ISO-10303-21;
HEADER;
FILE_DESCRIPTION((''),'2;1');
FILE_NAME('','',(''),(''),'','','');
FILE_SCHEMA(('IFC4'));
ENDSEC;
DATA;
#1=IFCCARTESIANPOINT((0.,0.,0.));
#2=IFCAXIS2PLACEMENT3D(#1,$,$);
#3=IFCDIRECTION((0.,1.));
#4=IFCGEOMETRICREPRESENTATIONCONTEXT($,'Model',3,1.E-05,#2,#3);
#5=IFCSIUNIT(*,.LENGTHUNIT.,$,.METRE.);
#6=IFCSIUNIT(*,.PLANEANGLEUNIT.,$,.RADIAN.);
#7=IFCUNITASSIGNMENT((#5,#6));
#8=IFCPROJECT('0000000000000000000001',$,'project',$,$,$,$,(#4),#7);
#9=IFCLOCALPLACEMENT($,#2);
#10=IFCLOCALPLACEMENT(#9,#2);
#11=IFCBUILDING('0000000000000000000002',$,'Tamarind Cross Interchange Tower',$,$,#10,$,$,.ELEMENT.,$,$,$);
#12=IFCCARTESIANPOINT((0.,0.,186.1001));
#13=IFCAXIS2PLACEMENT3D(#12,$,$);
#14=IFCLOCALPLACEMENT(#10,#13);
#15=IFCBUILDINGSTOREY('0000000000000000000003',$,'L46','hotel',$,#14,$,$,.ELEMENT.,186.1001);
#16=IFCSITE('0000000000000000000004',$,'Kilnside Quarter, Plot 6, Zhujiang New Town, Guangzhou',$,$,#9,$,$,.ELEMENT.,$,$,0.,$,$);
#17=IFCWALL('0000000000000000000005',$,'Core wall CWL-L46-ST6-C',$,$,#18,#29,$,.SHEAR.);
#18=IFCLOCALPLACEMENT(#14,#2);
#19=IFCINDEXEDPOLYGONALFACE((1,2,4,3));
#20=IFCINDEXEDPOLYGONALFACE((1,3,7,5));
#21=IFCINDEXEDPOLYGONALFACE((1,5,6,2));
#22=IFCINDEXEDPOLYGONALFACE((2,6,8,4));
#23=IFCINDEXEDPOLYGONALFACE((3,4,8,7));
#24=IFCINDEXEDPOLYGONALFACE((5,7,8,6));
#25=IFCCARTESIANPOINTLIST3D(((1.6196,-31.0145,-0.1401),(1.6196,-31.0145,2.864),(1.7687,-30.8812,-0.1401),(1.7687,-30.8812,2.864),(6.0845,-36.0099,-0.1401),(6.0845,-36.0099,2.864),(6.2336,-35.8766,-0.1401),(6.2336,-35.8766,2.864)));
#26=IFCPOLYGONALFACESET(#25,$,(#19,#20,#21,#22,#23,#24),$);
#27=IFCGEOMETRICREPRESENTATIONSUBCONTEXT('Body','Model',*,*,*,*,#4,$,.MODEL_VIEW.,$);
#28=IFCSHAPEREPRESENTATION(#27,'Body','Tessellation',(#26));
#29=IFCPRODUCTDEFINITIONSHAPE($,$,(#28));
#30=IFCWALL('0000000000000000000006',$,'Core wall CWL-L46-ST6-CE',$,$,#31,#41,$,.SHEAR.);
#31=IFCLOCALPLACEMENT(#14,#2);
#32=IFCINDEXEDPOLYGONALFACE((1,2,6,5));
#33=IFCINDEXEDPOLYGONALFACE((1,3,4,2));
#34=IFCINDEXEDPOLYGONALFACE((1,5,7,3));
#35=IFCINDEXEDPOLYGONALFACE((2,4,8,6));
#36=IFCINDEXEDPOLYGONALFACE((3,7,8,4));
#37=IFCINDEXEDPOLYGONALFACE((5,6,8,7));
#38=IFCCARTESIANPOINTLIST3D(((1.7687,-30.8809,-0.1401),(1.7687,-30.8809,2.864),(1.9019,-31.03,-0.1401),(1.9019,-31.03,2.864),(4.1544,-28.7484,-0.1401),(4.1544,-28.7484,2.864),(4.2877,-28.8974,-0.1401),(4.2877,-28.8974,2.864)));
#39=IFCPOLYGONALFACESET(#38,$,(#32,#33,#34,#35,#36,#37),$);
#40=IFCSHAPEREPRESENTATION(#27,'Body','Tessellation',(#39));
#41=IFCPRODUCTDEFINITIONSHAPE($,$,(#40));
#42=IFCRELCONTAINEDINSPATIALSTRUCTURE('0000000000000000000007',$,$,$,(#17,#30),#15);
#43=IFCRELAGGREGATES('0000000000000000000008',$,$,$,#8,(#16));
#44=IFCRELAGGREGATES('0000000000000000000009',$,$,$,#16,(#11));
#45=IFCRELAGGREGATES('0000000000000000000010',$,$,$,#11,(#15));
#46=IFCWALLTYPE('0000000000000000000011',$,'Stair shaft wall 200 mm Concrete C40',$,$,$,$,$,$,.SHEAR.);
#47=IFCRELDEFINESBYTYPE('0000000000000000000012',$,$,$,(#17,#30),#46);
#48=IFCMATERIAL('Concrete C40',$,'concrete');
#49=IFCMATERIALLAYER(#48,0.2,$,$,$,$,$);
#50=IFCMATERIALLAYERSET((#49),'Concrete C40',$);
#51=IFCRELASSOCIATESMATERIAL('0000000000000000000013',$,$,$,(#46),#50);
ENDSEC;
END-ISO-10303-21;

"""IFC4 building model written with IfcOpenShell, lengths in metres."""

from ifc_helpers import new_model, si_unit, direction, frame, frame_2d, origin, place, context, subcontext, project, spatial, rectangle, extrude, material, layer, layer_set, type_object, element, save


model = new_model("IFC4")

# Units and contexts
model_context = context("Model", 3, precision=1e-05, world=origin(), true_north=direction((0.0, 1.0)))
body_context = subcontext(model_context, "Body", "Model", "MODEL_VIEW")
ifc_project = project(units=[si_unit("LENGTHUNIT", "METRE"), si_unit("PLANEANGLEUNIT", "RADIAN")], contexts=[model_context])

# Site, building, storey
site_placement = place(None, origin())
site = spatial("IfcSite", under=ifc_project, at=site_placement, Name="Kilnside Quarter, Plot 6, Zhujiang New Town, Guangzhou", CompositionType="ELEMENT", RefElevation=0.0)
building_placement = place(site_placement, origin())
building = spatial("IfcBuilding", under=site, at=building_placement, Name="Tamarind Cross Interchange Tower", CompositionType="ELEMENT")
storey_placement = place(building_placement, frame((0.0, 0.0, 186.1001)))
storey = spatial("IfcBuildingStorey", under=building, at=storey_placement, Name="L46", Description="hotel", CompositionType="ELEMENT", Elevation=186.1001)

# Shared definitions
ifc_material_1 = material(Name="Concrete C40", Category="concrete")
ifc_layer_1 = layer(ifc_material_1, 0.2)
ifc_layer_set_1 = layer_set([ifc_layer_1], Name="Concrete C40")
wall_type_1 = type_object("IfcWallType", Name="Stair shaft wall 200 mm Concrete C40", PredefinedType="SHEAR", material=ifc_layer_set_1)

# Walls
wall_1_placement = place(storey_placement, frame((1.6941, -30.9478, -0.1401), z_axis=(0.0, 0.0, 1.0), x_axis=(0.666406, -0.745589, 0.0)))
element("IfcWall", 1, at=wall_1_placement, inside=storey, type_object=wall_type_1, Name="Core wall CWL-L46-ST6-C", PredefinedType="SHEAR", context=body_context, shape_type="SweptSolid", body=[
    extrude(rectangle(XDim=6.7, YDim=0.2, at=frame_2d((3.3501, 0.0))), origin(), (0.0, 0.0, 1.0), 3.0042),
])
wall_2_placement = place(storey_placement, frame((1.8352, -30.9556, -0.1401), z_axis=(0.0, 0.0, 1.0), x_axis=(0.745559, 0.66644, 0.0)))
element("IfcWall", 2, at=wall_2_placement, inside=storey, type_object=wall_type_1, Name="Core wall CWL-L46-ST6-CE", PredefinedType="SHEAR", context=body_context, shape_type="SweptSolid", body=[
    extrude(rectangle(XDim=3.2, YDim=0.2, at=frame_2d((1.6001, 0.0))), origin(), (0.0, 0.0, 1.0), 3.0042),
])

save(model, "model.ifc")
